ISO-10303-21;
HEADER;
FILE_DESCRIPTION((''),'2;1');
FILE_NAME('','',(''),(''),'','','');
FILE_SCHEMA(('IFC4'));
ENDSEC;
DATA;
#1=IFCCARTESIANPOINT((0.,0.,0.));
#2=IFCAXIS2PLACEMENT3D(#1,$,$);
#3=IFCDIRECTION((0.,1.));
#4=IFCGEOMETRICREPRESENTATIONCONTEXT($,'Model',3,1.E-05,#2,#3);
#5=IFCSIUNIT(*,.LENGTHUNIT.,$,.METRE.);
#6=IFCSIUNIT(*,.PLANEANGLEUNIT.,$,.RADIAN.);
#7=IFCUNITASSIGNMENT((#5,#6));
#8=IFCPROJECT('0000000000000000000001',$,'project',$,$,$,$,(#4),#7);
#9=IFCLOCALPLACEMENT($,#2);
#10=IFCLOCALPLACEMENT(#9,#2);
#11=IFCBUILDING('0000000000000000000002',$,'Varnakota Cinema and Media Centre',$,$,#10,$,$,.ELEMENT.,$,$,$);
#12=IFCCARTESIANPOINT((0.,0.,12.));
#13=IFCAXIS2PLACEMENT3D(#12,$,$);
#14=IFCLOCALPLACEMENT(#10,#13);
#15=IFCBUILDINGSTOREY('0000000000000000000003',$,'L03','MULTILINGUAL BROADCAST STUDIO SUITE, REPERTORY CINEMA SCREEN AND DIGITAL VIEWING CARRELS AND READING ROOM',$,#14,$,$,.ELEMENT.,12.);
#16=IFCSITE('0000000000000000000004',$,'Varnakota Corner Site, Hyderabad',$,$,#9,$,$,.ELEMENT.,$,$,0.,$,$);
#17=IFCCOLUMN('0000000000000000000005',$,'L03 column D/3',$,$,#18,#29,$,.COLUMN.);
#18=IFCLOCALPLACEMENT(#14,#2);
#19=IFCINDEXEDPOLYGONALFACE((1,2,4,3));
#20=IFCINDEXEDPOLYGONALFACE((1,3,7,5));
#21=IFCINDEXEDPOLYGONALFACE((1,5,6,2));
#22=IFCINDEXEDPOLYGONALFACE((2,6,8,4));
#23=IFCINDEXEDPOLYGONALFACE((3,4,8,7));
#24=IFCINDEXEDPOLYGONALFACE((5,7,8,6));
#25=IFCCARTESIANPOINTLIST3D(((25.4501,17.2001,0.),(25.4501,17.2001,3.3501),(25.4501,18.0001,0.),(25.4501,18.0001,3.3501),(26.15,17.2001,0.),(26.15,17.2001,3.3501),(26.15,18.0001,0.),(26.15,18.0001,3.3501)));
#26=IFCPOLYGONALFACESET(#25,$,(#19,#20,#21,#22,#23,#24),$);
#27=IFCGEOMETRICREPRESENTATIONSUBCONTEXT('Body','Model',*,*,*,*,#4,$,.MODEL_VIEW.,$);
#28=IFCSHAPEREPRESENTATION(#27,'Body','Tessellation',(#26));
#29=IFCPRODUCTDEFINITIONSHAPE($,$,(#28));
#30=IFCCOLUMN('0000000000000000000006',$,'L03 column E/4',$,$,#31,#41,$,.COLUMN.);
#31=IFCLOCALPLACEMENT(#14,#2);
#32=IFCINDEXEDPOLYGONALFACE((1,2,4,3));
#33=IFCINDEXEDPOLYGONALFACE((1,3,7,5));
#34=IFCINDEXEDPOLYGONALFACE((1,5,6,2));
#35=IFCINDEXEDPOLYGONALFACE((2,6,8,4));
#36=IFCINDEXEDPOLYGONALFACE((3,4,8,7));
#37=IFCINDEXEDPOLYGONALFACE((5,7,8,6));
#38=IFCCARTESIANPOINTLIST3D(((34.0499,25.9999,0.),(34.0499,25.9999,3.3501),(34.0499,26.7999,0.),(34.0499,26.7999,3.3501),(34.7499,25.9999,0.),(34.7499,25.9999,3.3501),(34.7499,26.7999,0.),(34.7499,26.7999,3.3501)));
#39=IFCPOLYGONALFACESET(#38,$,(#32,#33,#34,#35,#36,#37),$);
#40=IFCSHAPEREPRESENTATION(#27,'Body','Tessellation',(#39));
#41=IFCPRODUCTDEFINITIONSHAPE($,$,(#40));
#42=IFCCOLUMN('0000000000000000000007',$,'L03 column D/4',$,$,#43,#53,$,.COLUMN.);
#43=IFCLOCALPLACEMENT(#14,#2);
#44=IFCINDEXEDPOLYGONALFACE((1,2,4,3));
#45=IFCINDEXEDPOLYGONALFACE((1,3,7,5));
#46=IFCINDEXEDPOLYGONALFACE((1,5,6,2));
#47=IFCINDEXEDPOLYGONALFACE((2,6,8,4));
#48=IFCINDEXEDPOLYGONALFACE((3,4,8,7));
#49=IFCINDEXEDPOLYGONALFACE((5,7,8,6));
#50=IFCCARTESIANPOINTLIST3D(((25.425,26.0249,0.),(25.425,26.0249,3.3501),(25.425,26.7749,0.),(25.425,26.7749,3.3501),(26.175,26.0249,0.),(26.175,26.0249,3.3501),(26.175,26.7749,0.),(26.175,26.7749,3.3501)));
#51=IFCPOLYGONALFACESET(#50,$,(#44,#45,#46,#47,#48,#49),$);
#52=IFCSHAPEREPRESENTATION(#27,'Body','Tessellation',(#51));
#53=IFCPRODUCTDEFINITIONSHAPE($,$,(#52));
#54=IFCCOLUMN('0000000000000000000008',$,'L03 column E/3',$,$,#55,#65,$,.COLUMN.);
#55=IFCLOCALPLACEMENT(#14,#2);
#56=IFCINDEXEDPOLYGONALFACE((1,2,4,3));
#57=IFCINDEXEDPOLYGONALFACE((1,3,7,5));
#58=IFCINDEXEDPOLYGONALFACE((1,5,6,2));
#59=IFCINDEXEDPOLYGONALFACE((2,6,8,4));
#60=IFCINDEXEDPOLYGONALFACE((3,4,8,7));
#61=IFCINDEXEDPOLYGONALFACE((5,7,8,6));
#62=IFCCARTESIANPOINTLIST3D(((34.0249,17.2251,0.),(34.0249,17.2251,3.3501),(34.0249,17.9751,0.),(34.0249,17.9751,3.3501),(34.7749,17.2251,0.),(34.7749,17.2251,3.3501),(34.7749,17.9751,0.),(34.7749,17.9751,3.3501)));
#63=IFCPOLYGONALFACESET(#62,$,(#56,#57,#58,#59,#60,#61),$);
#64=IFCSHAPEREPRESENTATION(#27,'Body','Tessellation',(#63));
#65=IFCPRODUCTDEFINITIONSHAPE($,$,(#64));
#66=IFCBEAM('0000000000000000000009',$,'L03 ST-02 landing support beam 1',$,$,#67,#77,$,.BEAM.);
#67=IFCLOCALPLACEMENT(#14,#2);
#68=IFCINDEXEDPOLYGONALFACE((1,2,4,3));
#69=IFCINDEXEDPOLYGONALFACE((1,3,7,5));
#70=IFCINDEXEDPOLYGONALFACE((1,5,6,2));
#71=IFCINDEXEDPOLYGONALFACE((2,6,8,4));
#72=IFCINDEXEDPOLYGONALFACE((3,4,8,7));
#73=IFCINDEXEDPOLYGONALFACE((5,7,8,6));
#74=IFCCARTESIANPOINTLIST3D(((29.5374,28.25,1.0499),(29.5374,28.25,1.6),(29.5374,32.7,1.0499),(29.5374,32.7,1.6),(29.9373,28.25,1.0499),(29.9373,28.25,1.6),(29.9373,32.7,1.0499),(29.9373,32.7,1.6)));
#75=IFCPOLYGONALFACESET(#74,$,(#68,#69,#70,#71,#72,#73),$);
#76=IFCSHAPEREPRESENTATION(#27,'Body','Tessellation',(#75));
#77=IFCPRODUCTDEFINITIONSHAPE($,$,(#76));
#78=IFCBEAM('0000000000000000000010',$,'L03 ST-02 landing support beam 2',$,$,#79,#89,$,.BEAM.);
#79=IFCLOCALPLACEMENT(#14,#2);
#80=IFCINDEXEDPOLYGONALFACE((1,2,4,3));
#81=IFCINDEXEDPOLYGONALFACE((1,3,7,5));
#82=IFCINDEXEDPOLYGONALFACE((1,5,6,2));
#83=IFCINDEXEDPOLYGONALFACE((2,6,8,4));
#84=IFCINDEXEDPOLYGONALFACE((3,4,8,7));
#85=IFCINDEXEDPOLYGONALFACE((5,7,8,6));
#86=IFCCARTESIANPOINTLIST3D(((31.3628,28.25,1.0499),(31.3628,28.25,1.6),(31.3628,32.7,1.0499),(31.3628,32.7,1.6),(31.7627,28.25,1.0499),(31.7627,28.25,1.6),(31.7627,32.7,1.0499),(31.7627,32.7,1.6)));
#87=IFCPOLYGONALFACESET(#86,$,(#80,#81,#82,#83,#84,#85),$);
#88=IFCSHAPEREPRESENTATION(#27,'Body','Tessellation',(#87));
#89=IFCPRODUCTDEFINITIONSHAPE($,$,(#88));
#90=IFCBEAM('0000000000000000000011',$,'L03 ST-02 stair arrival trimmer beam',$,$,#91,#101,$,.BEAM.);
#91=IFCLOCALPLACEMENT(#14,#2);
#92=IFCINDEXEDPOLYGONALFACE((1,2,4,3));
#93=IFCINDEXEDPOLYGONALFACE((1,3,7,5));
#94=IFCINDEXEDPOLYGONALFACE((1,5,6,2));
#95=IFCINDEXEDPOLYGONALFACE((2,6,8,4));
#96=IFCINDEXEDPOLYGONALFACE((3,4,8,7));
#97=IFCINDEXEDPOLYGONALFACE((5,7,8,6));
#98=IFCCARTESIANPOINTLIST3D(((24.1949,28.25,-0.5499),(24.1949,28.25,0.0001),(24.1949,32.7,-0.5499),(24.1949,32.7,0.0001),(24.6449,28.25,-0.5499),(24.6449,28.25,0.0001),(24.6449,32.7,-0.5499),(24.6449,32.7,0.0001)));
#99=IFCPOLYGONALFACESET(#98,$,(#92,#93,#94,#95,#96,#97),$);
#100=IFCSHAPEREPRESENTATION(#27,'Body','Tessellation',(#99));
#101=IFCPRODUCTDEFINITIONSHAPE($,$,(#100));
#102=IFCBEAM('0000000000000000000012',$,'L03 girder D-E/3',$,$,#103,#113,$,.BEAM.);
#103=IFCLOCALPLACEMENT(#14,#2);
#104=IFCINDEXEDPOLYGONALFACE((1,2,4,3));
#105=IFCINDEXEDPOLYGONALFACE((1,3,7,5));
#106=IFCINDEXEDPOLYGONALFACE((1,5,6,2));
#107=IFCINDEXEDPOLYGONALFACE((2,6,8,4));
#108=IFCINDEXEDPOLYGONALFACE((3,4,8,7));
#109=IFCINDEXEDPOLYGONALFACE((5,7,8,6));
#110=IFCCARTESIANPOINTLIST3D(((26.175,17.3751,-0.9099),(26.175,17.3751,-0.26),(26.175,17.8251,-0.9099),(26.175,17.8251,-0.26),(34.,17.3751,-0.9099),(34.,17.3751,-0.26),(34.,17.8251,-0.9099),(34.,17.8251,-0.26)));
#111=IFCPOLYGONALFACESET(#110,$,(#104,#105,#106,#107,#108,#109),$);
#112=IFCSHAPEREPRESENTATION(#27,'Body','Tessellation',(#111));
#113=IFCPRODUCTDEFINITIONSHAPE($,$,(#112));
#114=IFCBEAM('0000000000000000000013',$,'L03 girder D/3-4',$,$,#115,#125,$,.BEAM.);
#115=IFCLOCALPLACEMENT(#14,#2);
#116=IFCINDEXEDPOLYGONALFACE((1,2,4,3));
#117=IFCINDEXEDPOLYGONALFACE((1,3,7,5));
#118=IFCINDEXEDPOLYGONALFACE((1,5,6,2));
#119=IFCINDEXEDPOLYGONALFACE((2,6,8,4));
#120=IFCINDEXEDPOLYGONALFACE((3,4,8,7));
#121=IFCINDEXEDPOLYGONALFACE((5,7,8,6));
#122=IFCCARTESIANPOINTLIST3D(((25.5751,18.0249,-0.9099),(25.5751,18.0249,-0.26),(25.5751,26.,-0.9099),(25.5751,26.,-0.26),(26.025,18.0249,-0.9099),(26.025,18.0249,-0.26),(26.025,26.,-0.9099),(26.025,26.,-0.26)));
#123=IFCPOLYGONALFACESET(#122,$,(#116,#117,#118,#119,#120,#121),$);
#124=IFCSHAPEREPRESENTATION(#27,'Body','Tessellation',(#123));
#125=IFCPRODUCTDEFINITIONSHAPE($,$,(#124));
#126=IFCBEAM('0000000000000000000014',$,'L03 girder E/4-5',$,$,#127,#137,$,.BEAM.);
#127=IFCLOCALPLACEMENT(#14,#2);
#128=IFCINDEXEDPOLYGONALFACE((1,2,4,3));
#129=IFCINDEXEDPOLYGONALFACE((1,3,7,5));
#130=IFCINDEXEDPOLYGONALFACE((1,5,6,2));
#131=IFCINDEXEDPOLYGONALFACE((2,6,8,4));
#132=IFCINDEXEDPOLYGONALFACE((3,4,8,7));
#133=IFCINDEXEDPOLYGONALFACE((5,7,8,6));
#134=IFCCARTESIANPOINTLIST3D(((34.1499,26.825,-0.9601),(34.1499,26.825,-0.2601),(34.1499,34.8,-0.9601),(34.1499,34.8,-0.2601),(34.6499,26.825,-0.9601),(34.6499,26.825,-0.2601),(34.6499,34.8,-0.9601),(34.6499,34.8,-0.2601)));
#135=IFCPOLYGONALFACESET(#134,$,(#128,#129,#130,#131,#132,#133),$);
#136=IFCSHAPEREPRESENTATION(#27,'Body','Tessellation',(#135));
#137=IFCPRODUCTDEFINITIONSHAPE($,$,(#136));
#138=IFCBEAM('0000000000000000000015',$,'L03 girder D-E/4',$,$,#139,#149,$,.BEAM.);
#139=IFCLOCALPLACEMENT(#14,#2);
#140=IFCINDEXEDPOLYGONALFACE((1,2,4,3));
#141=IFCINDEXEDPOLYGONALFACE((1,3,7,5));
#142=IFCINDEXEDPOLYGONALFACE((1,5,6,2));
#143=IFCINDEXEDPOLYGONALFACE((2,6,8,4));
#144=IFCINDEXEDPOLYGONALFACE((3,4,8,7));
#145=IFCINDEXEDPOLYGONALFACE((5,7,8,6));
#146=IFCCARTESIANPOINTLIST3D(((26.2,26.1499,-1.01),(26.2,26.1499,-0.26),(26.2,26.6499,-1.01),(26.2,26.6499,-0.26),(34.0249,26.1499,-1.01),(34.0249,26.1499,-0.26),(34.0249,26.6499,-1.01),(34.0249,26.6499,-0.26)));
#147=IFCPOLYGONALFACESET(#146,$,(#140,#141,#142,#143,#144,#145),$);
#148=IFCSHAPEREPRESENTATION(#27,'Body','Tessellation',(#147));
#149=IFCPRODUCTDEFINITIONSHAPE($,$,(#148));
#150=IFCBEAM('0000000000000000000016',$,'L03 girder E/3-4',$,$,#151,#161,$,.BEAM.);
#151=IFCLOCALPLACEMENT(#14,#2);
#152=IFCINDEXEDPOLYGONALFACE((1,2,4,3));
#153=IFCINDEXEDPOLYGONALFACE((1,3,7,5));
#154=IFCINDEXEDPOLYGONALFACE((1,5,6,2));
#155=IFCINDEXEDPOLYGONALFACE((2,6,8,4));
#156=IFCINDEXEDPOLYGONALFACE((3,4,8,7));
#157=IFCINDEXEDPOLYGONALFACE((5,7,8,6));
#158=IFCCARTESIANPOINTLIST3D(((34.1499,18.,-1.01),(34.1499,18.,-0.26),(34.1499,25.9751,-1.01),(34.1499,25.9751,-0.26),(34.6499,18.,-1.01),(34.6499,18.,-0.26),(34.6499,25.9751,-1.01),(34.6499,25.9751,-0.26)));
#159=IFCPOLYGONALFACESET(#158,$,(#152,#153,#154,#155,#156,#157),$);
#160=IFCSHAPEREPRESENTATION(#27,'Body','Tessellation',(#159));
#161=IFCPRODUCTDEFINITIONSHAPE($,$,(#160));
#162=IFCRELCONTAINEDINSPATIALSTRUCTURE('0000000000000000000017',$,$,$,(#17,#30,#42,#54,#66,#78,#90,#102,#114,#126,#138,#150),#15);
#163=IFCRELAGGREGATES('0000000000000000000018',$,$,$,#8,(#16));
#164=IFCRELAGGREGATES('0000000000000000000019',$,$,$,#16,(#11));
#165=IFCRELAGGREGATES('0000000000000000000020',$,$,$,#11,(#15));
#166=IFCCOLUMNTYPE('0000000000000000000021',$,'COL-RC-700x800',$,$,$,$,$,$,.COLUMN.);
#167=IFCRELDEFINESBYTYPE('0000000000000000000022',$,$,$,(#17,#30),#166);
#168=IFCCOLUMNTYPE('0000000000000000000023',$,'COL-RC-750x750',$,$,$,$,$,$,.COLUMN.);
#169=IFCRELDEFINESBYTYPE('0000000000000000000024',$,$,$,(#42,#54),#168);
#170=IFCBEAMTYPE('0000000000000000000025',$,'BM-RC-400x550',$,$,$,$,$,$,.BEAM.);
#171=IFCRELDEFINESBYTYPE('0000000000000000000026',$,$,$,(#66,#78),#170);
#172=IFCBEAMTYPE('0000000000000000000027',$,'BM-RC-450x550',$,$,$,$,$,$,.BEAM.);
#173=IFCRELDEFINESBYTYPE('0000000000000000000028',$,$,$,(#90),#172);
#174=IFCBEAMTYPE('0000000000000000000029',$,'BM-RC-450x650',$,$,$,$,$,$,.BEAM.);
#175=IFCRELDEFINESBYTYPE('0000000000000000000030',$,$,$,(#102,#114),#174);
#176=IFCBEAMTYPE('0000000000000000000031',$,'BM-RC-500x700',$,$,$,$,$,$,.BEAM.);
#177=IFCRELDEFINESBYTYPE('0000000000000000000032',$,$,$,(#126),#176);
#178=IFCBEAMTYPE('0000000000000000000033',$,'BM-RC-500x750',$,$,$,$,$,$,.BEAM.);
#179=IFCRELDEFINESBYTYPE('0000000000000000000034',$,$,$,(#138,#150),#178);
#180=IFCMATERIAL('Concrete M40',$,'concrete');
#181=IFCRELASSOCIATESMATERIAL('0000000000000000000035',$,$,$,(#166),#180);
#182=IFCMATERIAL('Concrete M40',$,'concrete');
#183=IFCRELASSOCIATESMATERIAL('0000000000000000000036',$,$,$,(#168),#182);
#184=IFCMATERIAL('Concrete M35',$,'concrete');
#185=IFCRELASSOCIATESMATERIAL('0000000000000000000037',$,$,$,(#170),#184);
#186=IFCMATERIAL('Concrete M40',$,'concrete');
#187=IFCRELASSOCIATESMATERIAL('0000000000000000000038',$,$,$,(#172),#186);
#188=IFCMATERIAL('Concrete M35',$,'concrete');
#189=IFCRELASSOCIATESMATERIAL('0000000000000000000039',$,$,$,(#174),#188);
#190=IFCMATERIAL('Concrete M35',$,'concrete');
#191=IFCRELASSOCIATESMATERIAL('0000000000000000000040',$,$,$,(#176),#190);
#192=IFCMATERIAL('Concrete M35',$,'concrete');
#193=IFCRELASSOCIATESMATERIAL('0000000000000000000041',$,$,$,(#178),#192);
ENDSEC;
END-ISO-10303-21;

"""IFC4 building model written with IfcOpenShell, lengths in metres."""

from ifc_helpers import new_model, si_unit, direction, frame, origin, origin_2d, place, context, subcontext, project, spatial, rectangle, extrude, material, material_profile, profile_set, type_object, element, save


model = new_model("IFC4")

# Units and contexts
model_context = context("Model", 3, precision=1e-05, world=origin(), true_north=direction((0.0, 1.0)))
body_context = subcontext(model_context, "Body", "Model", "MODEL_VIEW")
ifc_project = project(units=[si_unit("LENGTHUNIT", "METRE"), si_unit("PLANEANGLEUNIT", "RADIAN")], contexts=[model_context])

# Site, building, storey
site_placement = place(None, origin())
site = spatial("IfcSite", under=ifc_project, at=site_placement, Name="Varnakota Corner Site, Hyderabad", CompositionType="ELEMENT", RefElevation=0.0)
building_placement = place(site_placement, origin())
building = spatial("IfcBuilding", under=site, at=building_placement, Name="Varnakota Cinema and Media Centre", CompositionType="ELEMENT")
storey_placement = place(building_placement, frame((0.0, 0.0, 12.0)))
storey = spatial("IfcBuildingStorey", under=building, at=storey_placement, Name="L03", Description="MULTILINGUAL BROADCAST STUDIO SUITE, REPERTORY CINEMA SCREEN AND DIGITAL VIEWING CARRELS AND READING ROOM", CompositionType="ELEMENT", Elevation=12.0)

# Columns
ifc_material_1 = material(Name="Concrete M40", Category="concrete")
ifc_material_profile_1 = material_profile(ifc_material_1, rectangle(XDim=0.7, YDim=0.8, at=origin_2d()), Name="RC 700x800")
ifc_profile_set_1 = profile_set([ifc_material_profile_1], Name="Concrete M40")
column_type_1 = type_object("IfcColumnType", Name="COL-RC-700x800", PredefinedType="COLUMN", material=ifc_profile_set_1)
for number, where, z_axis, x_axis, name in (
    (1, (25.8, 17.6001, 0.0), (0.0, 0.0, 1.0), (1.0, 0.0, 0.0), "L03 column D/3"),
    (2, (34.3999, 26.3999, 0.0), (0.0, 0.0, 1.0), (1.0, 0.0, 0.0), "L03 column E/4"),
):
    element("IfcColumn", number, at=place(storey_placement, frame(where, z_axis=z_axis, x_axis=x_axis)), inside=storey, type_object=column_type_1, Name=name, PredefinedType="COLUMN", context=body_context, shape_type="SweptSolid", body=[
        extrude(rectangle(XDim=0.7, YDim=0.8, at=origin_2d()), origin(), (0.0, 0.0, 1.0), 3.3501),
    ])
ifc_material_2 = material(Name="Concrete M40", Category="concrete")
ifc_material_profile_2 = material_profile(ifc_material_2, rectangle(XDim=0.75, YDim=0.75, at=origin_2d()), Name="RC 750x750")
ifc_profile_set_2 = profile_set([ifc_material_profile_2], Name="Concrete M40")
column_type_2 = type_object("IfcColumnType", Name="COL-RC-750x750", PredefinedType="COLUMN", material=ifc_profile_set_2)
for number, where, z_axis, x_axis, name in (
    (3, (25.8, 26.3999, 0.0), (0.0, 0.0, 1.0), (1.0, 0.0, 0.0), "L03 column D/4"),
    (4, (34.3999, 17.6001, 0.0), (0.0, 0.0, 1.0), (1.0, 0.0, 0.0), "L03 column E/3"),
):
    element("IfcColumn", number, at=place(storey_placement, frame(where, z_axis=z_axis, x_axis=x_axis)), inside=storey, type_object=column_type_2, Name=name, PredefinedType="COLUMN", context=body_context, shape_type="SweptSolid", body=[
        extrude(rectangle(XDim=0.75, YDim=0.75, at=origin_2d()), origin(), (0.0, 0.0, 1.0), 3.3501),
    ])

# Beams
ifc_material_3 = material(Name="Concrete M35", Category="concrete")
ifc_material_profile_3 = material_profile(ifc_material_3, rectangle(XDim=0.3999, YDim=0.55, at=origin_2d()), Name="RCB 400x550")
ifc_profile_set_3 = profile_set([ifc_material_profile_3], Name="Concrete M35")
beam_type_1 = type_object("IfcBeamType", Name="BM-RC-400x550", PredefinedType="BEAM", material=ifc_profile_set_3)
for number, where, z_axis, x_axis, name in (
    (5, (29.7373, 28.25, 1.325), (0.0, 1.0, 0.0), (-1.0, 0.0, 0.0), "L03 ST-02 landing support beam 1"),
    (6, (31.5627, 28.25, 1.325), (0.0, 1.0, 0.0), (-1.0, 0.0, 0.0), "L03 ST-02 landing support beam 2"),
):
    element("IfcBeam", number, at=place(storey_placement, frame(where, z_axis=z_axis, x_axis=x_axis)), inside=storey, type_object=beam_type_1, Name=name, PredefinedType="BEAM", context=body_context, shape_type="SweptSolid", body=[
        extrude(rectangle(XDim=0.3999, YDim=0.55, at=origin_2d()), origin(), (0.0, 0.0, 1.0), 4.45),
    ])
ifc_material_4 = material(Name="Concrete M40", Category="concrete")
ifc_material_profile_4 = material_profile(ifc_material_4, rectangle(XDim=0.45, YDim=0.55, at=origin_2d()), Name="RCB 450x550")
ifc_profile_set_4 = profile_set([ifc_material_profile_4], Name="Concrete M40")
beam_type_2 = type_object("IfcBeamType", Name="BM-RC-450x550", PredefinedType="BEAM", material=ifc_profile_set_4)
beam_1_placement = place(storey_placement, frame((24.4199, 28.25, -0.2749), z_axis=(0.0, 1.0, 0.0), x_axis=(-1.0, 0.0, 0.0)))
element("IfcBeam", 7, at=beam_1_placement, inside=storey, type_object=beam_type_2, Name="L03 ST-02 stair arrival trimmer beam", PredefinedType="BEAM", context=body_context, shape_type="SweptSolid", body=[
    extrude(rectangle(XDim=0.45, YDim=0.55, at=origin_2d()), origin(), (0.0, 0.0, 1.0), 4.45),
])
ifc_material_5 = material(Name="Concrete M35", Category="concrete")
ifc_material_profile_5 = material_profile(ifc_material_5, rectangle(XDim=0.45, YDim=0.6499, at=origin_2d()), Name="RCB 450x650")
ifc_profile_set_5 = profile_set([ifc_material_profile_5], Name="Concrete M35")
beam_type_3 = type_object("IfcBeamType", Name="BM-RC-450x650", PredefinedType="BEAM", material=ifc_profile_set_5)
beam_2_placement = place(storey_placement, frame((26.175, 17.6001, -0.585), z_axis=(1.0, 0.0, 0.0), x_axis=(0.0, 1.0, 0.0)))
element("IfcBeam", 8, at=beam_2_placement, inside=storey, type_object=beam_type_3, Name="L03 girder D-E/3", PredefinedType="BEAM", context=body_context, shape_type="SweptSolid", body=[
    extrude(rectangle(XDim=0.45, YDim=0.6499, at=origin_2d()), origin(), (0.0, 0.0, 1.0), 7.825),
])
beam_3_placement = place(storey_placement, frame((25.8, 18.0249, -0.585), z_axis=(0.0, 1.0, 0.0), x_axis=(-1.0, 0.0, 0.0)))
element("IfcBeam", 9, at=beam_3_placement, inside=storey, type_object=beam_type_3, Name="L03 girder D/3-4", PredefinedType="BEAM", context=body_context, shape_type="SweptSolid", body=[
    extrude(rectangle(XDim=0.45, YDim=0.6499, at=origin_2d()), origin(), (0.0, 0.0, 1.0), 7.9751),
])
ifc_material_6 = material(Name="Concrete M35", Category="concrete")
ifc_material_profile_6 = material_profile(ifc_material_6, rectangle(XDim=0.5, YDim=0.7, at=origin_2d()), Name="RCB 500x700")
ifc_profile_set_6 = profile_set([ifc_material_profile_6], Name="Concrete M35")
beam_type_4 = type_object("IfcBeamType", Name="BM-RC-500x700", PredefinedType="BEAM", material=ifc_profile_set_6)
beam_4_placement = place(storey_placement, frame((34.3999, 26.825, -0.6101), z_axis=(0.0, 1.0, 0.0), x_axis=(-1.0, 0.0, 0.0)))
element("IfcBeam", 10, at=beam_4_placement, inside=storey, type_object=beam_type_4, Name="L03 girder E/4-5", PredefinedType="BEAM", context=body_context, shape_type="SweptSolid", body=[
    extrude(rectangle(XDim=0.5, YDim=0.7, at=origin_2d()), origin(), (0.0, 0.0, 1.0), 7.9751),
])
ifc_material_7 = material(Name="Concrete M35", Category="concrete")
ifc_material_profile_7 = material_profile(ifc_material_7, rectangle(XDim=0.5, YDim=0.75, at=origin_2d()), Name="RCB 500x750")
ifc_profile_set_7 = profile_set([ifc_material_profile_7], Name="Concrete M35")
beam_type_5 = type_object("IfcBeamType", Name="BM-RC-500x750", PredefinedType="BEAM", material=ifc_profile_set_7)
beam_5_placement = place(storey_placement, frame((26.2, 26.3999, -0.635), z_axis=(1.0, 0.0, 0.0), x_axis=(0.0, 1.0, 0.0)))
element("IfcBeam", 11, at=beam_5_placement, inside=storey, type_object=beam_type_5, Name="L03 girder D-E/4", PredefinedType="BEAM", context=body_context, shape_type="SweptSolid", body=[
    extrude(rectangle(XDim=0.5, YDim=0.75, at=origin_2d()), origin(), (0.0, 0.0, 1.0), 7.825),
])
beam_6_placement = place(storey_placement, frame((34.3999, 18.0, -0.635), z_axis=(0.0, 1.0, 0.0), x_axis=(-1.0, 0.0, 0.0)))
element("IfcBeam", 12, at=beam_6_placement, inside=storey, type_object=beam_type_5, Name="L03 girder E/3-4", PredefinedType="BEAM", context=body_context, shape_type="SweptSolid", body=[
    extrude(rectangle(XDim=0.5, YDim=0.75, at=origin_2d()), origin(), (0.0, 0.0, 1.0), 7.9751),
])

save(model, "model.ifc")
